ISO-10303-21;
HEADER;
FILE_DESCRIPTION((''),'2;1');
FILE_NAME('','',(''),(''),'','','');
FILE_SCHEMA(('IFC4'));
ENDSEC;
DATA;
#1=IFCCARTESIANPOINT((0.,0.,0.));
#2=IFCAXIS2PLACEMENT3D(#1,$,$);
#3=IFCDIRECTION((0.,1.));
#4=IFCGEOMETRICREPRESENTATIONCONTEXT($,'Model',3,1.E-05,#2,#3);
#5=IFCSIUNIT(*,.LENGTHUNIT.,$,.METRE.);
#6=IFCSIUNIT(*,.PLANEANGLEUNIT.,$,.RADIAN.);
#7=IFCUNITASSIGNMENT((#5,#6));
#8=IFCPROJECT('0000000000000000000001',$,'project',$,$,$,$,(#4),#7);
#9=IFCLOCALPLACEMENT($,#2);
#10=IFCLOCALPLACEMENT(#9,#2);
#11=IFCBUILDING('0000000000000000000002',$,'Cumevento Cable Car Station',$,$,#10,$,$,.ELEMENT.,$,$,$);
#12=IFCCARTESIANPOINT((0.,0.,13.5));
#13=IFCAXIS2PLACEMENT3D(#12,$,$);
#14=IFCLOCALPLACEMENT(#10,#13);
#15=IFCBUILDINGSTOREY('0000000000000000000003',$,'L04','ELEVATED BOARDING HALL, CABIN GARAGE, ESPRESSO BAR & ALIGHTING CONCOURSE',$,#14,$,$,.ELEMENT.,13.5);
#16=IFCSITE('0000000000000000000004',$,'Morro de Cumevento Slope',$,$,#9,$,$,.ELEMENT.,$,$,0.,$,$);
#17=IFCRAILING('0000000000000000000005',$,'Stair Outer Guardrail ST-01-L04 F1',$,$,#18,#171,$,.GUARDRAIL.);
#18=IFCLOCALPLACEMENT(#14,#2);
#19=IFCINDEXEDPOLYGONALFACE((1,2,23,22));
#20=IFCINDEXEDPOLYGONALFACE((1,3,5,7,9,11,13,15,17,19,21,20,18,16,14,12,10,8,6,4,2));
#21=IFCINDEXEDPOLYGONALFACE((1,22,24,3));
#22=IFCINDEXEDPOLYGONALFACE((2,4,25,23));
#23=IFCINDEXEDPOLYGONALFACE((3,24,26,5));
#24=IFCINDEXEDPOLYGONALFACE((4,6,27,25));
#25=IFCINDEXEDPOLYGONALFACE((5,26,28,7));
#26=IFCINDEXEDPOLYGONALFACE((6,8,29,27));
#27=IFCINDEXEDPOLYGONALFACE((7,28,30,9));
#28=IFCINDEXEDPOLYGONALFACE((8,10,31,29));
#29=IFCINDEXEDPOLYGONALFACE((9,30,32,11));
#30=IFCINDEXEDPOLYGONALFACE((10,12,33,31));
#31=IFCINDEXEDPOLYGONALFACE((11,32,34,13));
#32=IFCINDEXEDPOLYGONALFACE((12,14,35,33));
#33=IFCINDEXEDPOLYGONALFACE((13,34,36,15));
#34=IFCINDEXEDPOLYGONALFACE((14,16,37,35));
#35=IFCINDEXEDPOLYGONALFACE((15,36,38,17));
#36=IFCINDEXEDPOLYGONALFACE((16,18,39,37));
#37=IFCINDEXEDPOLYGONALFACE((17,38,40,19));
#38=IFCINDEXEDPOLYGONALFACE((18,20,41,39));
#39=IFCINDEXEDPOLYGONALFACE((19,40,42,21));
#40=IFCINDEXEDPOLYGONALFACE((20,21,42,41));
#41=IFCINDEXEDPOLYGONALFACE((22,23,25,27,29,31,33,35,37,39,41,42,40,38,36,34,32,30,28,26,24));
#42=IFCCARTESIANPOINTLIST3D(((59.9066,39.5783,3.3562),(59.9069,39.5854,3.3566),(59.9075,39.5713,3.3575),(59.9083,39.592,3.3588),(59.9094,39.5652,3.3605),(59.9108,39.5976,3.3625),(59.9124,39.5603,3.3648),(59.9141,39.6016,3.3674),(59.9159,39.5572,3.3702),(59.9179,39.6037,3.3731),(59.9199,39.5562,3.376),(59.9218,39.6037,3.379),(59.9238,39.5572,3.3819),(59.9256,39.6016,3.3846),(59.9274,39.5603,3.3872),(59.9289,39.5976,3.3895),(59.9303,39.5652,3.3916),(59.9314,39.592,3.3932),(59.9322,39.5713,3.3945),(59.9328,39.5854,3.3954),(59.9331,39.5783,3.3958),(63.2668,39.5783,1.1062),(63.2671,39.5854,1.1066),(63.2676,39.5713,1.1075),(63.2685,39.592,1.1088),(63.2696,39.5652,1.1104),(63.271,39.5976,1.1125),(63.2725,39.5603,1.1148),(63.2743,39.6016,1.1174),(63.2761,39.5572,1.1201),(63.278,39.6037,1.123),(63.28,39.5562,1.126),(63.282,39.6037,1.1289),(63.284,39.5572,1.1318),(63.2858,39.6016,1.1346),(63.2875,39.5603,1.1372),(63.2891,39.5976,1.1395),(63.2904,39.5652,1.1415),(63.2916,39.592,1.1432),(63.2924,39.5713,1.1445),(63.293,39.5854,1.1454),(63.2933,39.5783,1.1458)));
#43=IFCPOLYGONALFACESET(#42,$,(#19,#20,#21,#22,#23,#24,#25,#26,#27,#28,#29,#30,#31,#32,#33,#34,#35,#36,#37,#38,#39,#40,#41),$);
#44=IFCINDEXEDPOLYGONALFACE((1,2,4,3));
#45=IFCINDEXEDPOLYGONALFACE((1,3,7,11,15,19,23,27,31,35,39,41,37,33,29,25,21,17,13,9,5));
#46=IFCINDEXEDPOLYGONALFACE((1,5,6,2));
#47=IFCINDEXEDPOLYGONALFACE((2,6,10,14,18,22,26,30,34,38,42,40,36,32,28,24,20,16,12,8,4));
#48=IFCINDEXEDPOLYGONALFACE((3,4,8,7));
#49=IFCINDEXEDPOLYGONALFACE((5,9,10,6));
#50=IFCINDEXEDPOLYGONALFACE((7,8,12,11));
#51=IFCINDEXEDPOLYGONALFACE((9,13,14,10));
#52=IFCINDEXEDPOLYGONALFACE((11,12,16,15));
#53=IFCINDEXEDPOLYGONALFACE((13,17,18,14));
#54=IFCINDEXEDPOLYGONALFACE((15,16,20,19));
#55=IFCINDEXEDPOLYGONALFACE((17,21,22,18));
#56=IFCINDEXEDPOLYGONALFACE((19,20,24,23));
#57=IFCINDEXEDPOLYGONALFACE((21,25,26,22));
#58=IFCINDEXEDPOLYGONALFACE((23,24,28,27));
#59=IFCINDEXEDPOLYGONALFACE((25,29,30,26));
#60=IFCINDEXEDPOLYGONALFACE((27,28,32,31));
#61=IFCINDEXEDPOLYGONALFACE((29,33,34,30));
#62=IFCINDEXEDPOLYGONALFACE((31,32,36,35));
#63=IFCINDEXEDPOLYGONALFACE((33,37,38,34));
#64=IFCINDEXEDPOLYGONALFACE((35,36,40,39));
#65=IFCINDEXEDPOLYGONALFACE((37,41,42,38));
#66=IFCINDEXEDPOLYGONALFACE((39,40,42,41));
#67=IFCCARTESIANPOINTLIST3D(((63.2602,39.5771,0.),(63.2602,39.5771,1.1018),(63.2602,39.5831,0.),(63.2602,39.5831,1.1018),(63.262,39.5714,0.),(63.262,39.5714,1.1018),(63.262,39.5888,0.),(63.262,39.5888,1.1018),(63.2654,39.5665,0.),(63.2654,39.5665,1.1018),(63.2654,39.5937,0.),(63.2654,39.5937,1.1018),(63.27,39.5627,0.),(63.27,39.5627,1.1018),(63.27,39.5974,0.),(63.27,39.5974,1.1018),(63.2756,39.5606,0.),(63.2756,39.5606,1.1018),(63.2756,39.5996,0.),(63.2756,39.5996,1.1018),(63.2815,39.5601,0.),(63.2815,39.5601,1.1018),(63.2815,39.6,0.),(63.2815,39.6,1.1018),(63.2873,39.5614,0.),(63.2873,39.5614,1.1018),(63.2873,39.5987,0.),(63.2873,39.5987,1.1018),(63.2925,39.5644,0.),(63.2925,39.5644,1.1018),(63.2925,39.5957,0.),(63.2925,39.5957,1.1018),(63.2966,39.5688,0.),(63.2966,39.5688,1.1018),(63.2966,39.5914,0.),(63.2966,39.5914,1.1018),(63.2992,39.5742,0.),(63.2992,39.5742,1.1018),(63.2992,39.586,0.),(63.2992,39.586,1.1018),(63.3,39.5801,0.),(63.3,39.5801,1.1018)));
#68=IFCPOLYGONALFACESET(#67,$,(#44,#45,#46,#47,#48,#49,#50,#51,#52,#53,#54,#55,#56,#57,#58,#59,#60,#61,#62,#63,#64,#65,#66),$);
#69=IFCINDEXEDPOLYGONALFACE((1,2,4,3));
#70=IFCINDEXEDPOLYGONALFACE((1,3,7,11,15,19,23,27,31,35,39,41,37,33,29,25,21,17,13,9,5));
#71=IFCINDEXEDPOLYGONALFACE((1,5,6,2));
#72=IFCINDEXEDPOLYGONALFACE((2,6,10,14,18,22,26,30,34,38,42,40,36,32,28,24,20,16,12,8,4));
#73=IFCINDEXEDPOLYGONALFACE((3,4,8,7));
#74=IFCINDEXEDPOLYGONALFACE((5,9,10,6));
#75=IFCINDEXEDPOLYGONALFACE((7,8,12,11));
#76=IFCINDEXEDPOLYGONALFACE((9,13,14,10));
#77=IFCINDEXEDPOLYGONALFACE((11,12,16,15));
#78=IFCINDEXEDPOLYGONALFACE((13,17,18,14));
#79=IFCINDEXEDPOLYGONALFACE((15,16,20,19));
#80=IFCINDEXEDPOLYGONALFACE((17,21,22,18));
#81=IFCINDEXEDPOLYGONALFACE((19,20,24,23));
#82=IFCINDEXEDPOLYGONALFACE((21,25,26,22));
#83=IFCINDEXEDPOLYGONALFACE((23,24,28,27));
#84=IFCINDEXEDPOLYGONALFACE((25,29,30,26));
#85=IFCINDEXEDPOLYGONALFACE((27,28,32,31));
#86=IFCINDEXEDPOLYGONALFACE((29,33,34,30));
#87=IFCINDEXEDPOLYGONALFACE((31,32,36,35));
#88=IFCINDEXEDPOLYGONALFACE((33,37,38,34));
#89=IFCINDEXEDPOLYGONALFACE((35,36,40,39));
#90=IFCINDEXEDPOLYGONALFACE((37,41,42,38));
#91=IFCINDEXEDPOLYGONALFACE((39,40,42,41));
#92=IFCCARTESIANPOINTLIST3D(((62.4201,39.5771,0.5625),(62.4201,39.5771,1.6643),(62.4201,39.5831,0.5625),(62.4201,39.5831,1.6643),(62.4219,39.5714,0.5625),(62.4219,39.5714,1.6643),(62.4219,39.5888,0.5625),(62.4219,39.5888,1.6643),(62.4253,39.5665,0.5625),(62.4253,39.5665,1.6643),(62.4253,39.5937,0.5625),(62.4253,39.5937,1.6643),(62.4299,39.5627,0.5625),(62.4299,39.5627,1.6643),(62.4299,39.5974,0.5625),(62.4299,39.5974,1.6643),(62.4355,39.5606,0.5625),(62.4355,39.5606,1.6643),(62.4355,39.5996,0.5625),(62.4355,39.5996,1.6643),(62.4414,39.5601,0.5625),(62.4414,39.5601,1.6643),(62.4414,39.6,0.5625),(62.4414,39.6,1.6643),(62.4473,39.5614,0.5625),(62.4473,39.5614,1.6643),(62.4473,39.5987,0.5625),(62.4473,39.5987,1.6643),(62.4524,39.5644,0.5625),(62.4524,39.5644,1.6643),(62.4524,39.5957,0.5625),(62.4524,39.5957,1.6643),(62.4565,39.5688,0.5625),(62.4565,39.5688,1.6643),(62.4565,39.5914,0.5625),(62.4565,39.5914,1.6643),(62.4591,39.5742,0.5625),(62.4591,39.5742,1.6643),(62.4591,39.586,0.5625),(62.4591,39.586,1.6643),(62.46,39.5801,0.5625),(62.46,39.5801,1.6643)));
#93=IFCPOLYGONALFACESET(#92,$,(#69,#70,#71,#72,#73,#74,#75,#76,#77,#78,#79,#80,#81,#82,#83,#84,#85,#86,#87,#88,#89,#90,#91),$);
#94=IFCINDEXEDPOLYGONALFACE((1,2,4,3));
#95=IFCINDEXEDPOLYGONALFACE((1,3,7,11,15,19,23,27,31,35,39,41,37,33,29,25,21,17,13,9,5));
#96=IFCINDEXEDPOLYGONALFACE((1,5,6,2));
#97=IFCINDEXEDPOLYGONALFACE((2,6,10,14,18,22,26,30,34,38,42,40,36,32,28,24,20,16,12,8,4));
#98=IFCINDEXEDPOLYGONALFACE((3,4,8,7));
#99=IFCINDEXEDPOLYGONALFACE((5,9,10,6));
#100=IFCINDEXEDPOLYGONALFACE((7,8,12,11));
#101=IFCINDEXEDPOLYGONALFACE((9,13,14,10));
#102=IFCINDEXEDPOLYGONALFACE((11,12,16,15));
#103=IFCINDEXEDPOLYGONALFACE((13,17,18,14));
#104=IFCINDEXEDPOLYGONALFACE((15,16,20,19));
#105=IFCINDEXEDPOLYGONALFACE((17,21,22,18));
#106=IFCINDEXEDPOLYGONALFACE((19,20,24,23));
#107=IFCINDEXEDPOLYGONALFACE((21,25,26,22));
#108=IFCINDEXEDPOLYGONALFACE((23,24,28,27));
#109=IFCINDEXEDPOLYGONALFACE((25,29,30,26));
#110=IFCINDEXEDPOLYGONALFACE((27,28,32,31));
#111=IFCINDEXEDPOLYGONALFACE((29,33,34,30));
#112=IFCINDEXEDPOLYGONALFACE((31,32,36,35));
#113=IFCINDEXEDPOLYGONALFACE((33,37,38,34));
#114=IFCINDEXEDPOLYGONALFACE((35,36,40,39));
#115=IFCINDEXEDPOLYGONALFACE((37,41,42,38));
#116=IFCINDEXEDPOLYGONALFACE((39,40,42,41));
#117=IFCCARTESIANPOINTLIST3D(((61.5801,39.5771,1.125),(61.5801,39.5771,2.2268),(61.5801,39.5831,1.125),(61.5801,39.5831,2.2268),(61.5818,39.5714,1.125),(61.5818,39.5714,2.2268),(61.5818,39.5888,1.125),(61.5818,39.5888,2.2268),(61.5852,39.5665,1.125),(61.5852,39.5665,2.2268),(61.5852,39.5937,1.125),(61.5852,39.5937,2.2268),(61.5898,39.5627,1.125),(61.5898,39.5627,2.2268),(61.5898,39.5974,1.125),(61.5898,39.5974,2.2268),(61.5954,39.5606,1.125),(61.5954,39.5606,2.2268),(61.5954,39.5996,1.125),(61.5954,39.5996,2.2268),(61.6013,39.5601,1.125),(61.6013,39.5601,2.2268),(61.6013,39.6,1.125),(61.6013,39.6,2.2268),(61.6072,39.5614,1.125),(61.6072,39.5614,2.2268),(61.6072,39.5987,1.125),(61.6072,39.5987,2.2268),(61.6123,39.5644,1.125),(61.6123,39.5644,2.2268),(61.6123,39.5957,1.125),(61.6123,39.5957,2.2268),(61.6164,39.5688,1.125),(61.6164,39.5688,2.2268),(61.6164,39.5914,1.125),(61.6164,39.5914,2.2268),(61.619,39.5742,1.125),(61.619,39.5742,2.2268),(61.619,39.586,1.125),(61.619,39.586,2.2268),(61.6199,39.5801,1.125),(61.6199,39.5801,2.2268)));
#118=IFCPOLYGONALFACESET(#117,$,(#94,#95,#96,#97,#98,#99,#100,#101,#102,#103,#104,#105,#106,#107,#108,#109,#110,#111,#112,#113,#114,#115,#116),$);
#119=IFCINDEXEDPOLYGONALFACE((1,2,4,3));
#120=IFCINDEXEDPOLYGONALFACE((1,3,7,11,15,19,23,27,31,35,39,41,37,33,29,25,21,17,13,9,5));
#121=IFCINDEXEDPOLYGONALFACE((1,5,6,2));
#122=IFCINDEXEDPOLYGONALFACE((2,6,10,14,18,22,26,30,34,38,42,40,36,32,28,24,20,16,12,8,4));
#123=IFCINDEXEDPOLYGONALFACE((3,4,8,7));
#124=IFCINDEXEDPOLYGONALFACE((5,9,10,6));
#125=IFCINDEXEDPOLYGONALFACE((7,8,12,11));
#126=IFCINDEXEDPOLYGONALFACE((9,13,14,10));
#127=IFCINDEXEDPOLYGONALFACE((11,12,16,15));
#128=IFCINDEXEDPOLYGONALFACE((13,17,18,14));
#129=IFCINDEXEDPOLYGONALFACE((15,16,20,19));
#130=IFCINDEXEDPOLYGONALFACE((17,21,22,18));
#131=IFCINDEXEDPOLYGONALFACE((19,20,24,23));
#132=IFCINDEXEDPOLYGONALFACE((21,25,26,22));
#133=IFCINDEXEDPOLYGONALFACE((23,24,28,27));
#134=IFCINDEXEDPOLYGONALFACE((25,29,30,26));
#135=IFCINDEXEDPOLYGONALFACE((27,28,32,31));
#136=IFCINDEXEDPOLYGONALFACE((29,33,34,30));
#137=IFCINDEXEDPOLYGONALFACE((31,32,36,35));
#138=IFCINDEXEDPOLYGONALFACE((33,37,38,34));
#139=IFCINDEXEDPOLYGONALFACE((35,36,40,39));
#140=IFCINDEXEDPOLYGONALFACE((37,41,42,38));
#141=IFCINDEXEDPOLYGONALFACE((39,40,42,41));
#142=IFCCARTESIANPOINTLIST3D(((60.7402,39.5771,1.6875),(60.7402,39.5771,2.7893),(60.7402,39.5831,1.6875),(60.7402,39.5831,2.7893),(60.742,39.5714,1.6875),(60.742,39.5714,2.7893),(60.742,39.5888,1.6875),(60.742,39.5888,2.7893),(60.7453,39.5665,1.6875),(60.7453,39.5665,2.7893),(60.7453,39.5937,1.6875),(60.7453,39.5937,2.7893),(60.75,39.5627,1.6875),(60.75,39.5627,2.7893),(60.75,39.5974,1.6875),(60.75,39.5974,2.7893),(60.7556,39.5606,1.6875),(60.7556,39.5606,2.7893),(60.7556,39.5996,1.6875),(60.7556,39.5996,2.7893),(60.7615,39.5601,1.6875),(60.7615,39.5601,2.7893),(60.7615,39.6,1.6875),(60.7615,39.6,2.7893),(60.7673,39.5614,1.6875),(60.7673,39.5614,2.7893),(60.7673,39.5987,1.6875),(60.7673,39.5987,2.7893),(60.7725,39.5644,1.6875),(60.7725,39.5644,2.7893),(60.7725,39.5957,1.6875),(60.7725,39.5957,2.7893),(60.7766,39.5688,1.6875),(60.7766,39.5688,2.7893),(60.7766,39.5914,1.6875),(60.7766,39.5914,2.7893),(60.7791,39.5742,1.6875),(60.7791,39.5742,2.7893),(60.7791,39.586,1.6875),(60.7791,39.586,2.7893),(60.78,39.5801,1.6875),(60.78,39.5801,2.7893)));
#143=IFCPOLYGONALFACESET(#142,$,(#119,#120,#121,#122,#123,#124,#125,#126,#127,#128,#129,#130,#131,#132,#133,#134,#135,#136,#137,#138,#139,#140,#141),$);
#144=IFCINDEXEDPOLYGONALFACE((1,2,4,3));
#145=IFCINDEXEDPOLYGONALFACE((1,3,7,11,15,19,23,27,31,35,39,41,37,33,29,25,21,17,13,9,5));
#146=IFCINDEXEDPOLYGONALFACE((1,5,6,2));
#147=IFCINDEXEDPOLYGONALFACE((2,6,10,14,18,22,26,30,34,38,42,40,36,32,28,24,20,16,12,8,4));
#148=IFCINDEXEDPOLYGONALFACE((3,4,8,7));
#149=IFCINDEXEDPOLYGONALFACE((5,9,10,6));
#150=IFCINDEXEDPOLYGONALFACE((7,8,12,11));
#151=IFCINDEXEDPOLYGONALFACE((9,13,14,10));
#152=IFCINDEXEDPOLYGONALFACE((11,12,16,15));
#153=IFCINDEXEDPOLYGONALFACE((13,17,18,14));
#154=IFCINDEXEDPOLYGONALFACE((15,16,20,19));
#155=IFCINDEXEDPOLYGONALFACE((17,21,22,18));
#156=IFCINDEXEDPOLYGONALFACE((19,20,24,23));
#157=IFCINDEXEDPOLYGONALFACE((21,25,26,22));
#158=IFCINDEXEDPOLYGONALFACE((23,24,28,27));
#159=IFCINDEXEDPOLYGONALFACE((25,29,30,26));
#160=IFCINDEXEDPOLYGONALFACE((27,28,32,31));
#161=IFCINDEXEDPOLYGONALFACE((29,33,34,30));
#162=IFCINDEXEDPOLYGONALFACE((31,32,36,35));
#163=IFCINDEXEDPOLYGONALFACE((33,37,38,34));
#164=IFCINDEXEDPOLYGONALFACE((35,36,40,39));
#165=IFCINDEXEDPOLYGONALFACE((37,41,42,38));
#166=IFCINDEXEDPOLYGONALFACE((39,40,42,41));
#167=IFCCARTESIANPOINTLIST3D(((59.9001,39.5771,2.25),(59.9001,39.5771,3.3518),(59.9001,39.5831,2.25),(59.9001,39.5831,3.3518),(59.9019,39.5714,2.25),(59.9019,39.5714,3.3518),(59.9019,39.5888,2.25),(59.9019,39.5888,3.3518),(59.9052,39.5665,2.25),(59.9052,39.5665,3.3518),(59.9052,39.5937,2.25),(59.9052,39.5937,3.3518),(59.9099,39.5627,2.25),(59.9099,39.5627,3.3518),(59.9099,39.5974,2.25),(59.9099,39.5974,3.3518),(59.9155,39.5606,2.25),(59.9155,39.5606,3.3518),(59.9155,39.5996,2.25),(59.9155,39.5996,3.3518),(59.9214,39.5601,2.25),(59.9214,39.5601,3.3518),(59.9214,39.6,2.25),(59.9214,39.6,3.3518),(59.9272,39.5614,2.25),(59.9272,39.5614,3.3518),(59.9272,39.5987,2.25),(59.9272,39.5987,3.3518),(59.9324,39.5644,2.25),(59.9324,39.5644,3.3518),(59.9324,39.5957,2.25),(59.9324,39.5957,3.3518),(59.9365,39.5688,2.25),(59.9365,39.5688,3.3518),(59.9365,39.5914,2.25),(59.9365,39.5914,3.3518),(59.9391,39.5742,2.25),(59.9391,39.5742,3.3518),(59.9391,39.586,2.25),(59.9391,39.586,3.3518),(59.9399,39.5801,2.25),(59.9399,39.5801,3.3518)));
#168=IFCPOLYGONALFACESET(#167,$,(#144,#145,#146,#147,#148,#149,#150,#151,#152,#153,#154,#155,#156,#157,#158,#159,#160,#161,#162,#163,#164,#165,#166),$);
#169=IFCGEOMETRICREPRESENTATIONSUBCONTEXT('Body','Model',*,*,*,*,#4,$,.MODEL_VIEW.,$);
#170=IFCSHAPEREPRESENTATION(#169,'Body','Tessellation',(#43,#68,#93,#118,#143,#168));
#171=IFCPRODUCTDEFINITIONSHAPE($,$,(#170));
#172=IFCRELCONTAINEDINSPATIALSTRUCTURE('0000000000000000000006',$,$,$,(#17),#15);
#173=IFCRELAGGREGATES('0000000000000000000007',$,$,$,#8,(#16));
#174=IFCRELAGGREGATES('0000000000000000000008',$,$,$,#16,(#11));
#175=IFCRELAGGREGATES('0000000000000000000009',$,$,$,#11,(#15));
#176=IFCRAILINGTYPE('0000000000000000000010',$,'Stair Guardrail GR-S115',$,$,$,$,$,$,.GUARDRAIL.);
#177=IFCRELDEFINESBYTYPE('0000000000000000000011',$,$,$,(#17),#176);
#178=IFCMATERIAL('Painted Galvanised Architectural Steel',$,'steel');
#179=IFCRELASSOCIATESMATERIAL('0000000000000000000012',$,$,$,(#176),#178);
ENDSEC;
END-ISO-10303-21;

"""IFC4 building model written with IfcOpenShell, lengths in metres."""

from ifc_helpers import new_model, si_unit, direction, frame, origin, origin_2d, place, context, subcontext, project, spatial, circle, extrude, material, type_object, element, save


model = new_model("IFC4")

# Units and contexts
model_context = context("Model", 3, precision=1e-05, world=origin(), true_north=direction((0.0, 1.0)))
body_context = subcontext(model_context, "Body", "Model", "MODEL_VIEW")
ifc_project = project(units=[si_unit("LENGTHUNIT", "METRE"), si_unit("PLANEANGLEUNIT", "RADIAN")], contexts=[model_context])

# Site, building, storey
site_placement = place(None, origin())
site = spatial("IfcSite", under=ifc_project, at=site_placement, Name="Morro de Cumevento Slope", CompositionType="ELEMENT", RefElevation=0.0)
building_placement = place(site_placement, origin())
building = spatial("IfcBuilding", under=site, at=building_placement, Name="Cumevento Cable Car Station", CompositionType="ELEMENT")
storey_placement = place(building_placement, frame((0.0, 0.0, 13.5)))
storey = spatial("IfcBuildingStorey", under=building, at=storey_placement, Name="L04", Description="ELEVATED BOARDING HALL, CABIN GARAGE, ESPRESSO BAR & ALIGHTING CONCOURSE", CompositionType="ELEMENT", Elevation=13.5)

# Railing
ifc_material_1 = material(Name="Painted Galvanised Architectural Steel", Category="steel")
railing_type_1 = type_object("IfcRailingType", Name="Stair Guardrail GR-S115", PredefinedType="GUARDRAIL", material=ifc_material_1)
railing_1_placement = place(storey_placement, frame((63.28, 39.5801, 0.0)))
element("IfcRailing", 1, at=railing_1_placement, inside=storey, type_object=railing_type_1, Name="Stair Outer Guardrail ST-01-L04 F1", PredefinedType="GUARDRAIL", context=body_context, shape_type="SweptSolid", body=[
    extrude(circle(Radius=0.0239, at=origin_2d()), frame((0.0, 0.0, 1.126), z_axis=(-0.830915, 0.0, 0.556399), x_axis=(0.0, -1.0, 0.0)), (0.0, 0.0, 1.0), 4.0439),
    extrude(circle(Radius=0.02, at=origin_2d()), origin(), (0.0, 0.0, 1.0), 1.1018),
    extrude(circle(Radius=0.02, at=origin_2d()), frame((-0.8401, 0.0, 0.5625)), (0.0, 0.0, 1.0), 1.1018),
    extrude(circle(Radius=0.02, at=origin_2d()), frame((-1.6802, 0.0, 1.125)), (0.0, 0.0, 1.0), 1.1018),
    extrude(circle(Radius=0.02, at=origin_2d()), frame((-2.52, 0.0, 1.6875)), (0.0, 0.0, 1.0), 1.1018),
    extrude(circle(Radius=0.02, at=origin_2d()), frame((-3.3601, 0.0, 2.25)), (0.0, 0.0, 1.0), 1.1018),
])

save(model, "model.ifc")
